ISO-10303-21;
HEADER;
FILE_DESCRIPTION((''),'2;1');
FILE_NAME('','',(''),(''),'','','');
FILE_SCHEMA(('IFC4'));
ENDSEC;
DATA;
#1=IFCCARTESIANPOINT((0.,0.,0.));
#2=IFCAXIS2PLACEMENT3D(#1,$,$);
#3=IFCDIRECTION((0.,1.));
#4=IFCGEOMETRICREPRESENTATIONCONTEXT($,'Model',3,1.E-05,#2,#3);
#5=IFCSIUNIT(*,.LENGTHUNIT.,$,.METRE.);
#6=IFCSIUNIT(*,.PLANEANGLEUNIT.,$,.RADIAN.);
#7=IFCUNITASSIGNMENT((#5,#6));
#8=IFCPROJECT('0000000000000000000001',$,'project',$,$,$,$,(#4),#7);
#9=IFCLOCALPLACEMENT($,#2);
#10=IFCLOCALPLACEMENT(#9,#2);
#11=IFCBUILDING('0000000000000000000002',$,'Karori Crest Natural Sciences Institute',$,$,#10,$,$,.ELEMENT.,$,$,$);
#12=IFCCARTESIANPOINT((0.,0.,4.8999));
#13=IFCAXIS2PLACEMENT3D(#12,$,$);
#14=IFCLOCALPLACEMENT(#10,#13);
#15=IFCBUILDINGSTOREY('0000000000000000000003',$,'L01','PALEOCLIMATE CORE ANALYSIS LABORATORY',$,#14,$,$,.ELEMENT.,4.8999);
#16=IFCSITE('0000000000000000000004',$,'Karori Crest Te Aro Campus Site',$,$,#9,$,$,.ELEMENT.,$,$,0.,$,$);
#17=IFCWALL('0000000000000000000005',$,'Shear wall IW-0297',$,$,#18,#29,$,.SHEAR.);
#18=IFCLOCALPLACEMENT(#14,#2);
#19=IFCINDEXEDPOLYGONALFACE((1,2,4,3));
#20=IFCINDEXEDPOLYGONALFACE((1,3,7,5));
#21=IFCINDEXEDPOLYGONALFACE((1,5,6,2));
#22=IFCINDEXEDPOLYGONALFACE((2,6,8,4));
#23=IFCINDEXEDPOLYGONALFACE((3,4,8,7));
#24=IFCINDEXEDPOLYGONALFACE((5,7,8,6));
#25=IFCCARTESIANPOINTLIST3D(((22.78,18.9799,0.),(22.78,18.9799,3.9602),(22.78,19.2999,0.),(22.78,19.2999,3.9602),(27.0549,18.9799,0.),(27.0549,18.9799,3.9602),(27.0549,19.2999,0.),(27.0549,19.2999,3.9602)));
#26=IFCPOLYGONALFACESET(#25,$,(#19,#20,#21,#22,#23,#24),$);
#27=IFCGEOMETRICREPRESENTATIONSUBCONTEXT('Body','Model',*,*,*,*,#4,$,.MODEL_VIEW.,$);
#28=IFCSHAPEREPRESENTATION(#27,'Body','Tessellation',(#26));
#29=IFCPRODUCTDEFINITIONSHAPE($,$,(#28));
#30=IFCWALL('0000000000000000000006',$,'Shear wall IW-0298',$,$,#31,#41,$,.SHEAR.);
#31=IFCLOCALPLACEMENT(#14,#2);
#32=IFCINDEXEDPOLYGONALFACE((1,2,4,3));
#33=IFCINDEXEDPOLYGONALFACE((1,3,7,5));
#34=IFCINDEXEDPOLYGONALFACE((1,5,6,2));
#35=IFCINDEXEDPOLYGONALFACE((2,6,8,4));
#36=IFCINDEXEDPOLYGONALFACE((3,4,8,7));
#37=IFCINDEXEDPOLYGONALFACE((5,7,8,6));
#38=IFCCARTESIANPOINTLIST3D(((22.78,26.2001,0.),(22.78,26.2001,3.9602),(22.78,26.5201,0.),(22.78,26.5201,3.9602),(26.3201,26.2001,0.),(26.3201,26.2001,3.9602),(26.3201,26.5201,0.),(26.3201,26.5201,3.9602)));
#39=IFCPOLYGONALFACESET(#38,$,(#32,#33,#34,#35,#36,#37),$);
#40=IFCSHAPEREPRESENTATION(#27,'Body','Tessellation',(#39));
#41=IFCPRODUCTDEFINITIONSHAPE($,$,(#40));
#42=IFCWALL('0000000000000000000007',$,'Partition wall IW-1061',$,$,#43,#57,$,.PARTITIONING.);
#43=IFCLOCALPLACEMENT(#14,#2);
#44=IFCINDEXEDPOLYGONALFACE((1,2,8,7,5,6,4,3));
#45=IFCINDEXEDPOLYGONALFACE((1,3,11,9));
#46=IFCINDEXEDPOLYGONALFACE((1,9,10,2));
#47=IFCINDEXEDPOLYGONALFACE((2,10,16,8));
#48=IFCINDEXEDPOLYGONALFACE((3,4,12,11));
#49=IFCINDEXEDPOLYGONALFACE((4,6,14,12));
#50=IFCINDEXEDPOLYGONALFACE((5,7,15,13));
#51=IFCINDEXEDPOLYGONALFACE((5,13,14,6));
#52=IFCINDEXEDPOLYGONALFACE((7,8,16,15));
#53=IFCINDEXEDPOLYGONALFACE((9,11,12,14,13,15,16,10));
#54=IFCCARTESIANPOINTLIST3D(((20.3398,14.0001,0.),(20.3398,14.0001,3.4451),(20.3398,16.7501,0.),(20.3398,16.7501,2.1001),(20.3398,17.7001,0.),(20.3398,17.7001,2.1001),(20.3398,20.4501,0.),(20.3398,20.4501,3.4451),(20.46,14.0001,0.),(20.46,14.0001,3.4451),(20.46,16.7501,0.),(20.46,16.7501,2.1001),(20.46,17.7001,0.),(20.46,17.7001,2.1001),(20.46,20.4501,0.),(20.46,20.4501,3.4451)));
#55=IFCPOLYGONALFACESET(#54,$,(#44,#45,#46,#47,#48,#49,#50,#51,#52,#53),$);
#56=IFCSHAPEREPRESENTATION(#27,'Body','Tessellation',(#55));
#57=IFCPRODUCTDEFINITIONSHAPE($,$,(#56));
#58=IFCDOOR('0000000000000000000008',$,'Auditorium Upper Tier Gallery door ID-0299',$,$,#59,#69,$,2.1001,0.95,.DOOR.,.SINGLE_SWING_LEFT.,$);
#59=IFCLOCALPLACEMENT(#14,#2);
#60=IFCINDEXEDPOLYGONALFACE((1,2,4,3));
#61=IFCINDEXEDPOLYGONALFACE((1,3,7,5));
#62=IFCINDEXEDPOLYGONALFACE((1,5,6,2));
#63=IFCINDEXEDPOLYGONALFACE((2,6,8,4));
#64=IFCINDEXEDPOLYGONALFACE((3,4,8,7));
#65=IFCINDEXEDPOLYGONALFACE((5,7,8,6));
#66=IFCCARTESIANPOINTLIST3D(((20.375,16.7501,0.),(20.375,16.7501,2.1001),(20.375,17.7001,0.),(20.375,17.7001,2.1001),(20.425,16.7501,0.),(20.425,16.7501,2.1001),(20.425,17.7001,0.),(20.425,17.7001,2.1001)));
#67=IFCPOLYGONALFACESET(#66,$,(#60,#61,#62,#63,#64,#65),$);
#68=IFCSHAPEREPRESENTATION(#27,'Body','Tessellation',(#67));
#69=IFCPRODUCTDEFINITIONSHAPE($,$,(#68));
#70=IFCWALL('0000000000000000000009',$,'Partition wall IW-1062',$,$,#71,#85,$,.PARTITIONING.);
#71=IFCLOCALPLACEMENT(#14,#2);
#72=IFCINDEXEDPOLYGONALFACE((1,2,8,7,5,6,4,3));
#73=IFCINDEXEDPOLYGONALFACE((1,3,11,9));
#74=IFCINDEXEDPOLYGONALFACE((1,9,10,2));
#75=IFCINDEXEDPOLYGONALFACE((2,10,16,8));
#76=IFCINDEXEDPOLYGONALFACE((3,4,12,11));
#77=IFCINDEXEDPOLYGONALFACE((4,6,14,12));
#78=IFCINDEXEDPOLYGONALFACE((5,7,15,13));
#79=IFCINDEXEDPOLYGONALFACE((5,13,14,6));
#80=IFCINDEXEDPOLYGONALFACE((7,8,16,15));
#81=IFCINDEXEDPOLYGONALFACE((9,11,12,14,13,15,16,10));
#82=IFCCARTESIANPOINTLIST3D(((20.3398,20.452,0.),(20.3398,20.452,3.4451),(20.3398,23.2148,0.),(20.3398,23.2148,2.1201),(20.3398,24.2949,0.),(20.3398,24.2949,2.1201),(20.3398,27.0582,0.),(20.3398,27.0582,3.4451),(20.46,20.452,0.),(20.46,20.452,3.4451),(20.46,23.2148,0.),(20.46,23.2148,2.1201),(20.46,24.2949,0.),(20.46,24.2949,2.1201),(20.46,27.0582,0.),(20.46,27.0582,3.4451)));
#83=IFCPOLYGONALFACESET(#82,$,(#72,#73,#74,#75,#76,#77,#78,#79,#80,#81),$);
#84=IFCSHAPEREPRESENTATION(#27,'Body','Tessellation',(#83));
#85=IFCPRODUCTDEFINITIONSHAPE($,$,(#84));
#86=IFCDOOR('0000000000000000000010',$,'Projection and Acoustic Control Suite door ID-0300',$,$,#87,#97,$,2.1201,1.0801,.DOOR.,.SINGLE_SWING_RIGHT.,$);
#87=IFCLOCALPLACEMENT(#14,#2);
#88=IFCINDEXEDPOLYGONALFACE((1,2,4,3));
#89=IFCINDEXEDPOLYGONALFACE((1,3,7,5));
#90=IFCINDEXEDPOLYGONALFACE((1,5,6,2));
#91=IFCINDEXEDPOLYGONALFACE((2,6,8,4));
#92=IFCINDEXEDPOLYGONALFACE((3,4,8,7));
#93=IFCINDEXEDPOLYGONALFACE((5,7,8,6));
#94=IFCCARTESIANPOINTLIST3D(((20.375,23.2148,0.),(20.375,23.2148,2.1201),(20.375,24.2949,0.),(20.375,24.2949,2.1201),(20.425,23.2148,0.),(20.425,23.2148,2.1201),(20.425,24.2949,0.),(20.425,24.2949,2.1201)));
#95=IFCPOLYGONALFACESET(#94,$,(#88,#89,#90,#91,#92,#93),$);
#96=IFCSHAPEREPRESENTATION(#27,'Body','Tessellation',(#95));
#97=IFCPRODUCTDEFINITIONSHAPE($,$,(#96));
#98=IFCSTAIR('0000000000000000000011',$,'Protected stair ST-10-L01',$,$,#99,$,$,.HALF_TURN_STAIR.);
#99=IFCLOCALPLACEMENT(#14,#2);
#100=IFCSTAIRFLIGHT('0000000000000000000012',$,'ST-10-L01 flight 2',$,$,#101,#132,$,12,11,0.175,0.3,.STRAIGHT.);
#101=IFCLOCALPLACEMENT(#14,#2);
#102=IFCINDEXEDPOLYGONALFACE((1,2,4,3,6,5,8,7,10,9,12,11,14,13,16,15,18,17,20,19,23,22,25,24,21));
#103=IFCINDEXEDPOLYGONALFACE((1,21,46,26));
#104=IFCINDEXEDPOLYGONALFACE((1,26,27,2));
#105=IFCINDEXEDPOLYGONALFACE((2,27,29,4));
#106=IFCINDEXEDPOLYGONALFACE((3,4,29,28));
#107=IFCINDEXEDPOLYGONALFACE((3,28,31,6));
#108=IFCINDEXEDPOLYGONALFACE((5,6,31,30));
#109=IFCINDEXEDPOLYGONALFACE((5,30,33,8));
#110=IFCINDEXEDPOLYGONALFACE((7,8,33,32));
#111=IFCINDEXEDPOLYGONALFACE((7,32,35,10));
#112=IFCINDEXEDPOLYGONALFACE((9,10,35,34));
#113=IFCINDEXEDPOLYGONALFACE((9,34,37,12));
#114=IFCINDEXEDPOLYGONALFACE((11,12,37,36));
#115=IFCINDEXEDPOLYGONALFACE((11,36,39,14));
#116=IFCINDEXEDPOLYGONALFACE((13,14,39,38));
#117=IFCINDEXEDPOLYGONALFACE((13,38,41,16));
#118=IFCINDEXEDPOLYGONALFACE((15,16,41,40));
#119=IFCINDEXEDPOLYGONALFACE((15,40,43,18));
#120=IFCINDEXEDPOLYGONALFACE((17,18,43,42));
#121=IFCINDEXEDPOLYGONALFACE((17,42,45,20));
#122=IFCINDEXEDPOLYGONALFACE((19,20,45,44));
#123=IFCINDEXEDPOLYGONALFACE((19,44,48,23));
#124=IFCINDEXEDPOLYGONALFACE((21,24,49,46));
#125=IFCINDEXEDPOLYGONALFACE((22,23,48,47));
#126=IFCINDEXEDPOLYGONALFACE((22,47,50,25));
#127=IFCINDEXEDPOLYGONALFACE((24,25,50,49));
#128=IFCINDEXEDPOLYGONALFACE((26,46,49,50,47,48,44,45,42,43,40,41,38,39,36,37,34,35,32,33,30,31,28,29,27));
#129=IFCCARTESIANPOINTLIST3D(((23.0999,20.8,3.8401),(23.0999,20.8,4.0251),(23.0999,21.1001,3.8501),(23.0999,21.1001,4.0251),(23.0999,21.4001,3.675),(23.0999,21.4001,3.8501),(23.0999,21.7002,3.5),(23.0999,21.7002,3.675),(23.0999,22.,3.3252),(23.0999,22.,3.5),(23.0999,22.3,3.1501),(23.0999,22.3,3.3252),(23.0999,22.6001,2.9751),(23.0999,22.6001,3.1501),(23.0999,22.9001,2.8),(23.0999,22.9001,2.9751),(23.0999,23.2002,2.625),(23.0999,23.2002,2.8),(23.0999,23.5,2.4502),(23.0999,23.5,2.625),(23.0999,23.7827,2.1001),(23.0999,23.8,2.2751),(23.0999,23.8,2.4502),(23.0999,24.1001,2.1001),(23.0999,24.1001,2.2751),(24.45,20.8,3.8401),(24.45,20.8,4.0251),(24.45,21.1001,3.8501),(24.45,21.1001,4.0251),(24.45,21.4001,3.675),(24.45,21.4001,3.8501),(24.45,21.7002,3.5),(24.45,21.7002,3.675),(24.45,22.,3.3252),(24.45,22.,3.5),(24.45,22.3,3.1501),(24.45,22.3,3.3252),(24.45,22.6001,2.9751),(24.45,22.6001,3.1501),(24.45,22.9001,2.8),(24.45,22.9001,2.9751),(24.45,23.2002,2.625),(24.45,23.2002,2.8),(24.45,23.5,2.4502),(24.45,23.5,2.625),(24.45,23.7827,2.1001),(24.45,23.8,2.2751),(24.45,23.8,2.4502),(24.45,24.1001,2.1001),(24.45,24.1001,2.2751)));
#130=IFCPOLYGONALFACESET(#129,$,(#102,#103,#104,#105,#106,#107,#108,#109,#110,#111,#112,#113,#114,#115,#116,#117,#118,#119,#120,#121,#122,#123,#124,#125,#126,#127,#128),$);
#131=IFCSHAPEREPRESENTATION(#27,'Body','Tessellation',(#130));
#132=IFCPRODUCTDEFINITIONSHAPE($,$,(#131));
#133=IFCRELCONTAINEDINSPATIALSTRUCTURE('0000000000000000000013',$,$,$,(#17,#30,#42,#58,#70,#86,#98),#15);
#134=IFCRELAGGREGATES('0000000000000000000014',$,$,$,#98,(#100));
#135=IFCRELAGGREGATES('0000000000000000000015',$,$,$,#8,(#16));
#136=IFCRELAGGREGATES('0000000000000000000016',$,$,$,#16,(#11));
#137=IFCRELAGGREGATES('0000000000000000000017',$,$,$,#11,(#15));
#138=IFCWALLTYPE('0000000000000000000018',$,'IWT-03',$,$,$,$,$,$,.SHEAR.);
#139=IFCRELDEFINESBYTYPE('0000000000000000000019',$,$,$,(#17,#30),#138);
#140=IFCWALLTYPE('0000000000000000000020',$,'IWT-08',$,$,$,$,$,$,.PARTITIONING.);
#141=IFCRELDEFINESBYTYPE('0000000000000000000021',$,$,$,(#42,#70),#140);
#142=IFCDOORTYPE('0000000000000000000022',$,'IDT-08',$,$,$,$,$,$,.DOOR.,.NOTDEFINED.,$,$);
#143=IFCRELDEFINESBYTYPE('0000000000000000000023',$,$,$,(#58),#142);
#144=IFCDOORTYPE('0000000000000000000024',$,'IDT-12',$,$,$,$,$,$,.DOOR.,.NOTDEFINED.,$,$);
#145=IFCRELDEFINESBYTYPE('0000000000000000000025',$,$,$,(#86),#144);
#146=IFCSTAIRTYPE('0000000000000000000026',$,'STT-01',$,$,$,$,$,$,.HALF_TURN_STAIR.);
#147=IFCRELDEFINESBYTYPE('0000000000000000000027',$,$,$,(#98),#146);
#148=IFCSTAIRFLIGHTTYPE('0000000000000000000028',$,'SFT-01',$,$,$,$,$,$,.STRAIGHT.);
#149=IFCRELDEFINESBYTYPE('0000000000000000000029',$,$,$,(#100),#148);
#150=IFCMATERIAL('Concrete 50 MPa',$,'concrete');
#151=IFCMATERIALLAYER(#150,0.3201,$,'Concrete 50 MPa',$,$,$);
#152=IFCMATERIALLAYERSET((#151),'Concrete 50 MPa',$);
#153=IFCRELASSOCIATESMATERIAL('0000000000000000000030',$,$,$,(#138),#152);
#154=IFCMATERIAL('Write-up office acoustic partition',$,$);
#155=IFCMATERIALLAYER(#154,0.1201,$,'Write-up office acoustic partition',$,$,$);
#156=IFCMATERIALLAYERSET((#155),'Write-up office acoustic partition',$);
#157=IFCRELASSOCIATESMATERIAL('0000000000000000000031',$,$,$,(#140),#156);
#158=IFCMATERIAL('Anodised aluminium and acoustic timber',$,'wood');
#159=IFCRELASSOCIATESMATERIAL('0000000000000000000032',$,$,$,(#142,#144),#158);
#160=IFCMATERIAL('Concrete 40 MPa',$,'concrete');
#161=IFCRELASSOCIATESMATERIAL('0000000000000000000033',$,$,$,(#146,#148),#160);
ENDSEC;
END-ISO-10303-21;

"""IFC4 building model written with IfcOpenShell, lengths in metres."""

from ifc_helpers import new_model, si_unit, direction, frame, frame_2d, origin, place, context, subcontext, project, spatial, polyline, rectangle, outline, extrude, material, layer, layer_set, type_object, element, fill, aggregate, save


model = new_model("IFC4")

# Units and contexts
model_context = context("Model", 3, precision=1e-05, world=origin(), true_north=direction((0.0, 1.0)))
body_context = subcontext(model_context, "Body", "Model", "MODEL_VIEW")
ifc_project = project(units=[si_unit("LENGTHUNIT", "METRE"), si_unit("PLANEANGLEUNIT", "RADIAN")], contexts=[model_context])

# Site, building, storey
site_placement = place(None, origin())
site = spatial("IfcSite", under=ifc_project, at=site_placement, Name="Karori Crest Te Aro Campus Site", CompositionType="ELEMENT", RefElevation=0.0)
building_placement = place(site_placement, origin())
building = spatial("IfcBuilding", under=site, at=building_placement, Name="Karori Crest Natural Sciences Institute", CompositionType="ELEMENT")
storey_placement = place(building_placement, frame((0.0, 0.0, 4.8999)))
storey = spatial("IfcBuildingStorey", under=building, at=storey_placement, Name="L01", Description="PALEOCLIMATE CORE ANALYSIS LABORATORY", CompositionType="ELEMENT", Elevation=4.8999)

# Walls
ifc_material_1 = material(Name="Concrete 50 MPa", Category="concrete")
ifc_layer_1 = layer(ifc_material_1, 0.3201, Name="Concrete 50 MPa")
ifc_layer_set_1 = layer_set([ifc_layer_1], Name="Concrete 50 MPa")
wall_type_1 = type_object("IfcWallType", Name="IWT-03", PredefinedType="SHEAR", material=ifc_layer_set_1)
wall_1_placement = place(storey_placement, frame((22.78, 19.1399, 0.0), z_axis=(0.0, 0.0, 1.0), x_axis=(1.0, 0.0, 0.0)))
element("IfcWall", 1, at=wall_1_placement, inside=storey, type_object=wall_type_1, Name="Shear wall IW-0297", PredefinedType="SHEAR", context=body_context, shape_type="SweptSolid", body=[
    extrude(rectangle(XDim=4.2749, YDim=0.3201, at=frame_2d((2.1375, 0.0))), origin(), (0.0, 0.0, 1.0), 3.9602),
])
wall_2_placement = place(storey_placement, frame((22.78, 26.3601, 0.0), z_axis=(0.0, 0.0, 1.0), x_axis=(1.0, 0.0, 0.0)))
element("IfcWall", 2, at=wall_2_placement, inside=storey, type_object=wall_type_1, Name="Shear wall IW-0298", PredefinedType="SHEAR", context=body_context, shape_type="SweptSolid", body=[
    extrude(rectangle(XDim=3.54, YDim=0.3201, at=frame_2d((1.77, 0.0))), origin(), (0.0, 0.0, 1.0), 3.9602),
])

# Walls, openings, doors
ifc_material_2 = material(Name="Write-up office acoustic partition")
ifc_layer_2 = layer(ifc_material_2, 0.1201, Name="Write-up office acoustic partition")
ifc_layer_set_2 = layer_set([ifc_layer_2], Name="Write-up office acoustic partition")
wall_type_2 = type_object("IfcWallType", Name="IWT-08", PredefinedType="PARTITIONING", material=ifc_layer_set_2)
wall_3_placement = place(storey_placement, frame((20.3999, 14.0, 0.0), z_axis=(0.0, 0.0, 1.0), x_axis=(0.0, 1.0, 0.0)))
wall_3 = element("IfcWall", 3, at=wall_3_placement, inside=storey, type_object=wall_type_2, Name="Partition wall IW-1061", PredefinedType="PARTITIONING", context=body_context, shape_type="SweptSolid", body=[
    extrude(rectangle(XDim=6.45, YDim=0.1201, at=frame_2d((3.2251, 0.0))), origin(), (0.0, 0.0, 1.0), 3.4451),
])
opening_1_placement = place(wall_3_placement, frame((2.75, 0.0, 0.0)))
opening_1 = element("IfcOpeningElement", 4, at=opening_1_placement, cuts=wall_3, PredefinedType="OPENING", context=body_context, shape_type="SweptSolid", body=[
    extrude(rectangle(XDim=0.95, YDim=2.1001, at=frame_2d((0.4751, 1.05))), frame((0.0, 0.0701, 0.0), z_axis=(0.0, -1.0, 0.0), x_axis=(1.0, 0.0, 0.0)), (0.0, 0.0, 1.0), 0.1401),
])
ifc_material_3 = material(Name="Anodised aluminium and acoustic timber", Category="wood")
door_type_1 = type_object("IfcDoorType", Name="IDT-08", OperationType="NOTDEFINED", PredefinedType="DOOR", material=ifc_material_3)
door_1_placement = place(opening_1_placement, origin())
door_1 = element("IfcDoor", 5, at=door_1_placement, inside=storey, type_object=door_type_1, Name="Auditorium Upper Tier Gallery door ID-0299", OperationType="SINGLE_SWING_LEFT", OverallHeight=2.1001, OverallWidth=0.95, PredefinedType="DOOR", context=body_context, shape_type="SweptSolid", body=[
    extrude(rectangle(XDim=0.95, YDim=2.1001, at=frame_2d((0.4751, 1.05))), frame((0.0, 0.0249, 0.0), z_axis=(0.0, -1.0, 0.0), x_axis=(1.0, 0.0, 0.0)), (0.0, 0.0, 1.0), 0.05),
])
fill(opening_1, door_1)
wall_4_placement = place(storey_placement, frame((20.3999, 20.4519, 0.0), z_axis=(0.0, 0.0, 1.0), x_axis=(0.0, 1.0, 0.0)))
wall_4 = element("IfcWall", 6, at=wall_4_placement, inside=storey, type_object=wall_type_2, Name="Partition wall IW-1062", PredefinedType="PARTITIONING", context=body_context, shape_type="SweptSolid", body=[
    extrude(rectangle(XDim=6.6062, YDim=0.1201, at=frame_2d((3.3032, 0.0))), origin(), (0.0, 0.0, 1.0), 3.4451),
])
opening_2_placement = place(wall_4_placement, frame((2.7629, 0.0, 0.0)))
opening_2 = element("IfcOpeningElement", 7, at=opening_2_placement, cuts=wall_4, PredefinedType="OPENING", context=body_context, shape_type="SweptSolid", body=[
    extrude(rectangle(XDim=1.0801, YDim=2.1201, at=frame_2d((0.54, 1.0601))), frame((0.0, 0.0701, 0.0), z_axis=(0.0, -1.0, 0.0), x_axis=(1.0, 0.0, 0.0)), (0.0, 0.0, 1.0), 0.1401),
])
door_type_2 = type_object("IfcDoorType", Name="IDT-12", OperationType="NOTDEFINED", PredefinedType="DOOR", material=ifc_material_3)
door_2_placement = place(opening_2_placement, origin())
door_2 = element("IfcDoor", 8, at=door_2_placement, inside=storey, type_object=door_type_2, Name="Projection and Acoustic Control Suite door ID-0300", OperationType="SINGLE_SWING_RIGHT", OverallHeight=2.1201, OverallWidth=1.0801, PredefinedType="DOOR", context=body_context, shape_type="SweptSolid", body=[
    extrude(rectangle(XDim=1.0801, YDim=2.1201, at=frame_2d((0.54, 1.0601))), frame((0.0, 0.0249, 0.0), z_axis=(0.0, -1.0, 0.0), x_axis=(1.0, 0.0, 0.0)), (0.0, 0.0, 1.0), 0.05),
])
fill(opening_2, door_2)

# Stair, stair flight
ifc_material_4 = material(Name="Concrete 40 MPa", Category="concrete")
stair_type = type_object("IfcStairType", Name="STT-01", PredefinedType="HALF_TURN_STAIR", material=ifc_material_4)
stair_placement = place(storey_placement, origin())
stair = element("IfcStair", 9, at=stair_placement, inside=storey, type_object=stair_type, Name="Protected stair ST-10-L01", PredefinedType="HALF_TURN_STAIR")
stair_flight_type = type_object("IfcStairFlightType", Name="SFT-01", PredefinedType="STRAIGHT", material=ifc_material_4)
stair_flight_placement = place(storey_placement, frame((23.7749, 24.1001, 2.1001), z_axis=(0.0, 0.0, 1.0), x_axis=(0.0, -1.0, 0.0)))
stair_flight = element("IfcStairFlight", 10, at=stair_flight_placement, type_object=stair_flight_type, Name="ST-10-L01 flight 2", NumberOfRisers=12, NumberOfTreads=11, PredefinedType="STRAIGHT", RiserHeight=0.175, TreadLength=0.3, context=body_context, shape_type="SweptSolid", body=[
    extrude(outline(polyline([(0.0, 0.0), (0.0, 0.175), (0.3, 0.175), (0.3, 0.3501), (0.6001, 0.3501), (0.6001, 0.5249), (0.8999, 0.5249), (0.8999, 0.7), (1.2, 0.7), (1.2, 0.875), (1.5, 0.875), (1.5, 1.05), (1.8, 1.05), (1.8, 1.2251), (2.1001, 1.2251), (2.1001, 1.3999), (2.3999, 1.3999), (2.3999, 1.575), (2.7, 1.575), (2.7, 1.75), (3.0, 1.75), (3.0, 1.925), (3.3, 1.925), (3.3, 2.1001), (3.3, 1.74), (0.3174, 0.0), (0.0, 0.0)])), frame((0.0, 0.675, 0.0), z_axis=(0.0, -1.0, 0.0), x_axis=(1.0, 0.0, 0.0)), (0.0, 0.0, 1.0), 1.3501),
])
aggregate(stair, [stair_flight])

save(model, "model.ifc")
